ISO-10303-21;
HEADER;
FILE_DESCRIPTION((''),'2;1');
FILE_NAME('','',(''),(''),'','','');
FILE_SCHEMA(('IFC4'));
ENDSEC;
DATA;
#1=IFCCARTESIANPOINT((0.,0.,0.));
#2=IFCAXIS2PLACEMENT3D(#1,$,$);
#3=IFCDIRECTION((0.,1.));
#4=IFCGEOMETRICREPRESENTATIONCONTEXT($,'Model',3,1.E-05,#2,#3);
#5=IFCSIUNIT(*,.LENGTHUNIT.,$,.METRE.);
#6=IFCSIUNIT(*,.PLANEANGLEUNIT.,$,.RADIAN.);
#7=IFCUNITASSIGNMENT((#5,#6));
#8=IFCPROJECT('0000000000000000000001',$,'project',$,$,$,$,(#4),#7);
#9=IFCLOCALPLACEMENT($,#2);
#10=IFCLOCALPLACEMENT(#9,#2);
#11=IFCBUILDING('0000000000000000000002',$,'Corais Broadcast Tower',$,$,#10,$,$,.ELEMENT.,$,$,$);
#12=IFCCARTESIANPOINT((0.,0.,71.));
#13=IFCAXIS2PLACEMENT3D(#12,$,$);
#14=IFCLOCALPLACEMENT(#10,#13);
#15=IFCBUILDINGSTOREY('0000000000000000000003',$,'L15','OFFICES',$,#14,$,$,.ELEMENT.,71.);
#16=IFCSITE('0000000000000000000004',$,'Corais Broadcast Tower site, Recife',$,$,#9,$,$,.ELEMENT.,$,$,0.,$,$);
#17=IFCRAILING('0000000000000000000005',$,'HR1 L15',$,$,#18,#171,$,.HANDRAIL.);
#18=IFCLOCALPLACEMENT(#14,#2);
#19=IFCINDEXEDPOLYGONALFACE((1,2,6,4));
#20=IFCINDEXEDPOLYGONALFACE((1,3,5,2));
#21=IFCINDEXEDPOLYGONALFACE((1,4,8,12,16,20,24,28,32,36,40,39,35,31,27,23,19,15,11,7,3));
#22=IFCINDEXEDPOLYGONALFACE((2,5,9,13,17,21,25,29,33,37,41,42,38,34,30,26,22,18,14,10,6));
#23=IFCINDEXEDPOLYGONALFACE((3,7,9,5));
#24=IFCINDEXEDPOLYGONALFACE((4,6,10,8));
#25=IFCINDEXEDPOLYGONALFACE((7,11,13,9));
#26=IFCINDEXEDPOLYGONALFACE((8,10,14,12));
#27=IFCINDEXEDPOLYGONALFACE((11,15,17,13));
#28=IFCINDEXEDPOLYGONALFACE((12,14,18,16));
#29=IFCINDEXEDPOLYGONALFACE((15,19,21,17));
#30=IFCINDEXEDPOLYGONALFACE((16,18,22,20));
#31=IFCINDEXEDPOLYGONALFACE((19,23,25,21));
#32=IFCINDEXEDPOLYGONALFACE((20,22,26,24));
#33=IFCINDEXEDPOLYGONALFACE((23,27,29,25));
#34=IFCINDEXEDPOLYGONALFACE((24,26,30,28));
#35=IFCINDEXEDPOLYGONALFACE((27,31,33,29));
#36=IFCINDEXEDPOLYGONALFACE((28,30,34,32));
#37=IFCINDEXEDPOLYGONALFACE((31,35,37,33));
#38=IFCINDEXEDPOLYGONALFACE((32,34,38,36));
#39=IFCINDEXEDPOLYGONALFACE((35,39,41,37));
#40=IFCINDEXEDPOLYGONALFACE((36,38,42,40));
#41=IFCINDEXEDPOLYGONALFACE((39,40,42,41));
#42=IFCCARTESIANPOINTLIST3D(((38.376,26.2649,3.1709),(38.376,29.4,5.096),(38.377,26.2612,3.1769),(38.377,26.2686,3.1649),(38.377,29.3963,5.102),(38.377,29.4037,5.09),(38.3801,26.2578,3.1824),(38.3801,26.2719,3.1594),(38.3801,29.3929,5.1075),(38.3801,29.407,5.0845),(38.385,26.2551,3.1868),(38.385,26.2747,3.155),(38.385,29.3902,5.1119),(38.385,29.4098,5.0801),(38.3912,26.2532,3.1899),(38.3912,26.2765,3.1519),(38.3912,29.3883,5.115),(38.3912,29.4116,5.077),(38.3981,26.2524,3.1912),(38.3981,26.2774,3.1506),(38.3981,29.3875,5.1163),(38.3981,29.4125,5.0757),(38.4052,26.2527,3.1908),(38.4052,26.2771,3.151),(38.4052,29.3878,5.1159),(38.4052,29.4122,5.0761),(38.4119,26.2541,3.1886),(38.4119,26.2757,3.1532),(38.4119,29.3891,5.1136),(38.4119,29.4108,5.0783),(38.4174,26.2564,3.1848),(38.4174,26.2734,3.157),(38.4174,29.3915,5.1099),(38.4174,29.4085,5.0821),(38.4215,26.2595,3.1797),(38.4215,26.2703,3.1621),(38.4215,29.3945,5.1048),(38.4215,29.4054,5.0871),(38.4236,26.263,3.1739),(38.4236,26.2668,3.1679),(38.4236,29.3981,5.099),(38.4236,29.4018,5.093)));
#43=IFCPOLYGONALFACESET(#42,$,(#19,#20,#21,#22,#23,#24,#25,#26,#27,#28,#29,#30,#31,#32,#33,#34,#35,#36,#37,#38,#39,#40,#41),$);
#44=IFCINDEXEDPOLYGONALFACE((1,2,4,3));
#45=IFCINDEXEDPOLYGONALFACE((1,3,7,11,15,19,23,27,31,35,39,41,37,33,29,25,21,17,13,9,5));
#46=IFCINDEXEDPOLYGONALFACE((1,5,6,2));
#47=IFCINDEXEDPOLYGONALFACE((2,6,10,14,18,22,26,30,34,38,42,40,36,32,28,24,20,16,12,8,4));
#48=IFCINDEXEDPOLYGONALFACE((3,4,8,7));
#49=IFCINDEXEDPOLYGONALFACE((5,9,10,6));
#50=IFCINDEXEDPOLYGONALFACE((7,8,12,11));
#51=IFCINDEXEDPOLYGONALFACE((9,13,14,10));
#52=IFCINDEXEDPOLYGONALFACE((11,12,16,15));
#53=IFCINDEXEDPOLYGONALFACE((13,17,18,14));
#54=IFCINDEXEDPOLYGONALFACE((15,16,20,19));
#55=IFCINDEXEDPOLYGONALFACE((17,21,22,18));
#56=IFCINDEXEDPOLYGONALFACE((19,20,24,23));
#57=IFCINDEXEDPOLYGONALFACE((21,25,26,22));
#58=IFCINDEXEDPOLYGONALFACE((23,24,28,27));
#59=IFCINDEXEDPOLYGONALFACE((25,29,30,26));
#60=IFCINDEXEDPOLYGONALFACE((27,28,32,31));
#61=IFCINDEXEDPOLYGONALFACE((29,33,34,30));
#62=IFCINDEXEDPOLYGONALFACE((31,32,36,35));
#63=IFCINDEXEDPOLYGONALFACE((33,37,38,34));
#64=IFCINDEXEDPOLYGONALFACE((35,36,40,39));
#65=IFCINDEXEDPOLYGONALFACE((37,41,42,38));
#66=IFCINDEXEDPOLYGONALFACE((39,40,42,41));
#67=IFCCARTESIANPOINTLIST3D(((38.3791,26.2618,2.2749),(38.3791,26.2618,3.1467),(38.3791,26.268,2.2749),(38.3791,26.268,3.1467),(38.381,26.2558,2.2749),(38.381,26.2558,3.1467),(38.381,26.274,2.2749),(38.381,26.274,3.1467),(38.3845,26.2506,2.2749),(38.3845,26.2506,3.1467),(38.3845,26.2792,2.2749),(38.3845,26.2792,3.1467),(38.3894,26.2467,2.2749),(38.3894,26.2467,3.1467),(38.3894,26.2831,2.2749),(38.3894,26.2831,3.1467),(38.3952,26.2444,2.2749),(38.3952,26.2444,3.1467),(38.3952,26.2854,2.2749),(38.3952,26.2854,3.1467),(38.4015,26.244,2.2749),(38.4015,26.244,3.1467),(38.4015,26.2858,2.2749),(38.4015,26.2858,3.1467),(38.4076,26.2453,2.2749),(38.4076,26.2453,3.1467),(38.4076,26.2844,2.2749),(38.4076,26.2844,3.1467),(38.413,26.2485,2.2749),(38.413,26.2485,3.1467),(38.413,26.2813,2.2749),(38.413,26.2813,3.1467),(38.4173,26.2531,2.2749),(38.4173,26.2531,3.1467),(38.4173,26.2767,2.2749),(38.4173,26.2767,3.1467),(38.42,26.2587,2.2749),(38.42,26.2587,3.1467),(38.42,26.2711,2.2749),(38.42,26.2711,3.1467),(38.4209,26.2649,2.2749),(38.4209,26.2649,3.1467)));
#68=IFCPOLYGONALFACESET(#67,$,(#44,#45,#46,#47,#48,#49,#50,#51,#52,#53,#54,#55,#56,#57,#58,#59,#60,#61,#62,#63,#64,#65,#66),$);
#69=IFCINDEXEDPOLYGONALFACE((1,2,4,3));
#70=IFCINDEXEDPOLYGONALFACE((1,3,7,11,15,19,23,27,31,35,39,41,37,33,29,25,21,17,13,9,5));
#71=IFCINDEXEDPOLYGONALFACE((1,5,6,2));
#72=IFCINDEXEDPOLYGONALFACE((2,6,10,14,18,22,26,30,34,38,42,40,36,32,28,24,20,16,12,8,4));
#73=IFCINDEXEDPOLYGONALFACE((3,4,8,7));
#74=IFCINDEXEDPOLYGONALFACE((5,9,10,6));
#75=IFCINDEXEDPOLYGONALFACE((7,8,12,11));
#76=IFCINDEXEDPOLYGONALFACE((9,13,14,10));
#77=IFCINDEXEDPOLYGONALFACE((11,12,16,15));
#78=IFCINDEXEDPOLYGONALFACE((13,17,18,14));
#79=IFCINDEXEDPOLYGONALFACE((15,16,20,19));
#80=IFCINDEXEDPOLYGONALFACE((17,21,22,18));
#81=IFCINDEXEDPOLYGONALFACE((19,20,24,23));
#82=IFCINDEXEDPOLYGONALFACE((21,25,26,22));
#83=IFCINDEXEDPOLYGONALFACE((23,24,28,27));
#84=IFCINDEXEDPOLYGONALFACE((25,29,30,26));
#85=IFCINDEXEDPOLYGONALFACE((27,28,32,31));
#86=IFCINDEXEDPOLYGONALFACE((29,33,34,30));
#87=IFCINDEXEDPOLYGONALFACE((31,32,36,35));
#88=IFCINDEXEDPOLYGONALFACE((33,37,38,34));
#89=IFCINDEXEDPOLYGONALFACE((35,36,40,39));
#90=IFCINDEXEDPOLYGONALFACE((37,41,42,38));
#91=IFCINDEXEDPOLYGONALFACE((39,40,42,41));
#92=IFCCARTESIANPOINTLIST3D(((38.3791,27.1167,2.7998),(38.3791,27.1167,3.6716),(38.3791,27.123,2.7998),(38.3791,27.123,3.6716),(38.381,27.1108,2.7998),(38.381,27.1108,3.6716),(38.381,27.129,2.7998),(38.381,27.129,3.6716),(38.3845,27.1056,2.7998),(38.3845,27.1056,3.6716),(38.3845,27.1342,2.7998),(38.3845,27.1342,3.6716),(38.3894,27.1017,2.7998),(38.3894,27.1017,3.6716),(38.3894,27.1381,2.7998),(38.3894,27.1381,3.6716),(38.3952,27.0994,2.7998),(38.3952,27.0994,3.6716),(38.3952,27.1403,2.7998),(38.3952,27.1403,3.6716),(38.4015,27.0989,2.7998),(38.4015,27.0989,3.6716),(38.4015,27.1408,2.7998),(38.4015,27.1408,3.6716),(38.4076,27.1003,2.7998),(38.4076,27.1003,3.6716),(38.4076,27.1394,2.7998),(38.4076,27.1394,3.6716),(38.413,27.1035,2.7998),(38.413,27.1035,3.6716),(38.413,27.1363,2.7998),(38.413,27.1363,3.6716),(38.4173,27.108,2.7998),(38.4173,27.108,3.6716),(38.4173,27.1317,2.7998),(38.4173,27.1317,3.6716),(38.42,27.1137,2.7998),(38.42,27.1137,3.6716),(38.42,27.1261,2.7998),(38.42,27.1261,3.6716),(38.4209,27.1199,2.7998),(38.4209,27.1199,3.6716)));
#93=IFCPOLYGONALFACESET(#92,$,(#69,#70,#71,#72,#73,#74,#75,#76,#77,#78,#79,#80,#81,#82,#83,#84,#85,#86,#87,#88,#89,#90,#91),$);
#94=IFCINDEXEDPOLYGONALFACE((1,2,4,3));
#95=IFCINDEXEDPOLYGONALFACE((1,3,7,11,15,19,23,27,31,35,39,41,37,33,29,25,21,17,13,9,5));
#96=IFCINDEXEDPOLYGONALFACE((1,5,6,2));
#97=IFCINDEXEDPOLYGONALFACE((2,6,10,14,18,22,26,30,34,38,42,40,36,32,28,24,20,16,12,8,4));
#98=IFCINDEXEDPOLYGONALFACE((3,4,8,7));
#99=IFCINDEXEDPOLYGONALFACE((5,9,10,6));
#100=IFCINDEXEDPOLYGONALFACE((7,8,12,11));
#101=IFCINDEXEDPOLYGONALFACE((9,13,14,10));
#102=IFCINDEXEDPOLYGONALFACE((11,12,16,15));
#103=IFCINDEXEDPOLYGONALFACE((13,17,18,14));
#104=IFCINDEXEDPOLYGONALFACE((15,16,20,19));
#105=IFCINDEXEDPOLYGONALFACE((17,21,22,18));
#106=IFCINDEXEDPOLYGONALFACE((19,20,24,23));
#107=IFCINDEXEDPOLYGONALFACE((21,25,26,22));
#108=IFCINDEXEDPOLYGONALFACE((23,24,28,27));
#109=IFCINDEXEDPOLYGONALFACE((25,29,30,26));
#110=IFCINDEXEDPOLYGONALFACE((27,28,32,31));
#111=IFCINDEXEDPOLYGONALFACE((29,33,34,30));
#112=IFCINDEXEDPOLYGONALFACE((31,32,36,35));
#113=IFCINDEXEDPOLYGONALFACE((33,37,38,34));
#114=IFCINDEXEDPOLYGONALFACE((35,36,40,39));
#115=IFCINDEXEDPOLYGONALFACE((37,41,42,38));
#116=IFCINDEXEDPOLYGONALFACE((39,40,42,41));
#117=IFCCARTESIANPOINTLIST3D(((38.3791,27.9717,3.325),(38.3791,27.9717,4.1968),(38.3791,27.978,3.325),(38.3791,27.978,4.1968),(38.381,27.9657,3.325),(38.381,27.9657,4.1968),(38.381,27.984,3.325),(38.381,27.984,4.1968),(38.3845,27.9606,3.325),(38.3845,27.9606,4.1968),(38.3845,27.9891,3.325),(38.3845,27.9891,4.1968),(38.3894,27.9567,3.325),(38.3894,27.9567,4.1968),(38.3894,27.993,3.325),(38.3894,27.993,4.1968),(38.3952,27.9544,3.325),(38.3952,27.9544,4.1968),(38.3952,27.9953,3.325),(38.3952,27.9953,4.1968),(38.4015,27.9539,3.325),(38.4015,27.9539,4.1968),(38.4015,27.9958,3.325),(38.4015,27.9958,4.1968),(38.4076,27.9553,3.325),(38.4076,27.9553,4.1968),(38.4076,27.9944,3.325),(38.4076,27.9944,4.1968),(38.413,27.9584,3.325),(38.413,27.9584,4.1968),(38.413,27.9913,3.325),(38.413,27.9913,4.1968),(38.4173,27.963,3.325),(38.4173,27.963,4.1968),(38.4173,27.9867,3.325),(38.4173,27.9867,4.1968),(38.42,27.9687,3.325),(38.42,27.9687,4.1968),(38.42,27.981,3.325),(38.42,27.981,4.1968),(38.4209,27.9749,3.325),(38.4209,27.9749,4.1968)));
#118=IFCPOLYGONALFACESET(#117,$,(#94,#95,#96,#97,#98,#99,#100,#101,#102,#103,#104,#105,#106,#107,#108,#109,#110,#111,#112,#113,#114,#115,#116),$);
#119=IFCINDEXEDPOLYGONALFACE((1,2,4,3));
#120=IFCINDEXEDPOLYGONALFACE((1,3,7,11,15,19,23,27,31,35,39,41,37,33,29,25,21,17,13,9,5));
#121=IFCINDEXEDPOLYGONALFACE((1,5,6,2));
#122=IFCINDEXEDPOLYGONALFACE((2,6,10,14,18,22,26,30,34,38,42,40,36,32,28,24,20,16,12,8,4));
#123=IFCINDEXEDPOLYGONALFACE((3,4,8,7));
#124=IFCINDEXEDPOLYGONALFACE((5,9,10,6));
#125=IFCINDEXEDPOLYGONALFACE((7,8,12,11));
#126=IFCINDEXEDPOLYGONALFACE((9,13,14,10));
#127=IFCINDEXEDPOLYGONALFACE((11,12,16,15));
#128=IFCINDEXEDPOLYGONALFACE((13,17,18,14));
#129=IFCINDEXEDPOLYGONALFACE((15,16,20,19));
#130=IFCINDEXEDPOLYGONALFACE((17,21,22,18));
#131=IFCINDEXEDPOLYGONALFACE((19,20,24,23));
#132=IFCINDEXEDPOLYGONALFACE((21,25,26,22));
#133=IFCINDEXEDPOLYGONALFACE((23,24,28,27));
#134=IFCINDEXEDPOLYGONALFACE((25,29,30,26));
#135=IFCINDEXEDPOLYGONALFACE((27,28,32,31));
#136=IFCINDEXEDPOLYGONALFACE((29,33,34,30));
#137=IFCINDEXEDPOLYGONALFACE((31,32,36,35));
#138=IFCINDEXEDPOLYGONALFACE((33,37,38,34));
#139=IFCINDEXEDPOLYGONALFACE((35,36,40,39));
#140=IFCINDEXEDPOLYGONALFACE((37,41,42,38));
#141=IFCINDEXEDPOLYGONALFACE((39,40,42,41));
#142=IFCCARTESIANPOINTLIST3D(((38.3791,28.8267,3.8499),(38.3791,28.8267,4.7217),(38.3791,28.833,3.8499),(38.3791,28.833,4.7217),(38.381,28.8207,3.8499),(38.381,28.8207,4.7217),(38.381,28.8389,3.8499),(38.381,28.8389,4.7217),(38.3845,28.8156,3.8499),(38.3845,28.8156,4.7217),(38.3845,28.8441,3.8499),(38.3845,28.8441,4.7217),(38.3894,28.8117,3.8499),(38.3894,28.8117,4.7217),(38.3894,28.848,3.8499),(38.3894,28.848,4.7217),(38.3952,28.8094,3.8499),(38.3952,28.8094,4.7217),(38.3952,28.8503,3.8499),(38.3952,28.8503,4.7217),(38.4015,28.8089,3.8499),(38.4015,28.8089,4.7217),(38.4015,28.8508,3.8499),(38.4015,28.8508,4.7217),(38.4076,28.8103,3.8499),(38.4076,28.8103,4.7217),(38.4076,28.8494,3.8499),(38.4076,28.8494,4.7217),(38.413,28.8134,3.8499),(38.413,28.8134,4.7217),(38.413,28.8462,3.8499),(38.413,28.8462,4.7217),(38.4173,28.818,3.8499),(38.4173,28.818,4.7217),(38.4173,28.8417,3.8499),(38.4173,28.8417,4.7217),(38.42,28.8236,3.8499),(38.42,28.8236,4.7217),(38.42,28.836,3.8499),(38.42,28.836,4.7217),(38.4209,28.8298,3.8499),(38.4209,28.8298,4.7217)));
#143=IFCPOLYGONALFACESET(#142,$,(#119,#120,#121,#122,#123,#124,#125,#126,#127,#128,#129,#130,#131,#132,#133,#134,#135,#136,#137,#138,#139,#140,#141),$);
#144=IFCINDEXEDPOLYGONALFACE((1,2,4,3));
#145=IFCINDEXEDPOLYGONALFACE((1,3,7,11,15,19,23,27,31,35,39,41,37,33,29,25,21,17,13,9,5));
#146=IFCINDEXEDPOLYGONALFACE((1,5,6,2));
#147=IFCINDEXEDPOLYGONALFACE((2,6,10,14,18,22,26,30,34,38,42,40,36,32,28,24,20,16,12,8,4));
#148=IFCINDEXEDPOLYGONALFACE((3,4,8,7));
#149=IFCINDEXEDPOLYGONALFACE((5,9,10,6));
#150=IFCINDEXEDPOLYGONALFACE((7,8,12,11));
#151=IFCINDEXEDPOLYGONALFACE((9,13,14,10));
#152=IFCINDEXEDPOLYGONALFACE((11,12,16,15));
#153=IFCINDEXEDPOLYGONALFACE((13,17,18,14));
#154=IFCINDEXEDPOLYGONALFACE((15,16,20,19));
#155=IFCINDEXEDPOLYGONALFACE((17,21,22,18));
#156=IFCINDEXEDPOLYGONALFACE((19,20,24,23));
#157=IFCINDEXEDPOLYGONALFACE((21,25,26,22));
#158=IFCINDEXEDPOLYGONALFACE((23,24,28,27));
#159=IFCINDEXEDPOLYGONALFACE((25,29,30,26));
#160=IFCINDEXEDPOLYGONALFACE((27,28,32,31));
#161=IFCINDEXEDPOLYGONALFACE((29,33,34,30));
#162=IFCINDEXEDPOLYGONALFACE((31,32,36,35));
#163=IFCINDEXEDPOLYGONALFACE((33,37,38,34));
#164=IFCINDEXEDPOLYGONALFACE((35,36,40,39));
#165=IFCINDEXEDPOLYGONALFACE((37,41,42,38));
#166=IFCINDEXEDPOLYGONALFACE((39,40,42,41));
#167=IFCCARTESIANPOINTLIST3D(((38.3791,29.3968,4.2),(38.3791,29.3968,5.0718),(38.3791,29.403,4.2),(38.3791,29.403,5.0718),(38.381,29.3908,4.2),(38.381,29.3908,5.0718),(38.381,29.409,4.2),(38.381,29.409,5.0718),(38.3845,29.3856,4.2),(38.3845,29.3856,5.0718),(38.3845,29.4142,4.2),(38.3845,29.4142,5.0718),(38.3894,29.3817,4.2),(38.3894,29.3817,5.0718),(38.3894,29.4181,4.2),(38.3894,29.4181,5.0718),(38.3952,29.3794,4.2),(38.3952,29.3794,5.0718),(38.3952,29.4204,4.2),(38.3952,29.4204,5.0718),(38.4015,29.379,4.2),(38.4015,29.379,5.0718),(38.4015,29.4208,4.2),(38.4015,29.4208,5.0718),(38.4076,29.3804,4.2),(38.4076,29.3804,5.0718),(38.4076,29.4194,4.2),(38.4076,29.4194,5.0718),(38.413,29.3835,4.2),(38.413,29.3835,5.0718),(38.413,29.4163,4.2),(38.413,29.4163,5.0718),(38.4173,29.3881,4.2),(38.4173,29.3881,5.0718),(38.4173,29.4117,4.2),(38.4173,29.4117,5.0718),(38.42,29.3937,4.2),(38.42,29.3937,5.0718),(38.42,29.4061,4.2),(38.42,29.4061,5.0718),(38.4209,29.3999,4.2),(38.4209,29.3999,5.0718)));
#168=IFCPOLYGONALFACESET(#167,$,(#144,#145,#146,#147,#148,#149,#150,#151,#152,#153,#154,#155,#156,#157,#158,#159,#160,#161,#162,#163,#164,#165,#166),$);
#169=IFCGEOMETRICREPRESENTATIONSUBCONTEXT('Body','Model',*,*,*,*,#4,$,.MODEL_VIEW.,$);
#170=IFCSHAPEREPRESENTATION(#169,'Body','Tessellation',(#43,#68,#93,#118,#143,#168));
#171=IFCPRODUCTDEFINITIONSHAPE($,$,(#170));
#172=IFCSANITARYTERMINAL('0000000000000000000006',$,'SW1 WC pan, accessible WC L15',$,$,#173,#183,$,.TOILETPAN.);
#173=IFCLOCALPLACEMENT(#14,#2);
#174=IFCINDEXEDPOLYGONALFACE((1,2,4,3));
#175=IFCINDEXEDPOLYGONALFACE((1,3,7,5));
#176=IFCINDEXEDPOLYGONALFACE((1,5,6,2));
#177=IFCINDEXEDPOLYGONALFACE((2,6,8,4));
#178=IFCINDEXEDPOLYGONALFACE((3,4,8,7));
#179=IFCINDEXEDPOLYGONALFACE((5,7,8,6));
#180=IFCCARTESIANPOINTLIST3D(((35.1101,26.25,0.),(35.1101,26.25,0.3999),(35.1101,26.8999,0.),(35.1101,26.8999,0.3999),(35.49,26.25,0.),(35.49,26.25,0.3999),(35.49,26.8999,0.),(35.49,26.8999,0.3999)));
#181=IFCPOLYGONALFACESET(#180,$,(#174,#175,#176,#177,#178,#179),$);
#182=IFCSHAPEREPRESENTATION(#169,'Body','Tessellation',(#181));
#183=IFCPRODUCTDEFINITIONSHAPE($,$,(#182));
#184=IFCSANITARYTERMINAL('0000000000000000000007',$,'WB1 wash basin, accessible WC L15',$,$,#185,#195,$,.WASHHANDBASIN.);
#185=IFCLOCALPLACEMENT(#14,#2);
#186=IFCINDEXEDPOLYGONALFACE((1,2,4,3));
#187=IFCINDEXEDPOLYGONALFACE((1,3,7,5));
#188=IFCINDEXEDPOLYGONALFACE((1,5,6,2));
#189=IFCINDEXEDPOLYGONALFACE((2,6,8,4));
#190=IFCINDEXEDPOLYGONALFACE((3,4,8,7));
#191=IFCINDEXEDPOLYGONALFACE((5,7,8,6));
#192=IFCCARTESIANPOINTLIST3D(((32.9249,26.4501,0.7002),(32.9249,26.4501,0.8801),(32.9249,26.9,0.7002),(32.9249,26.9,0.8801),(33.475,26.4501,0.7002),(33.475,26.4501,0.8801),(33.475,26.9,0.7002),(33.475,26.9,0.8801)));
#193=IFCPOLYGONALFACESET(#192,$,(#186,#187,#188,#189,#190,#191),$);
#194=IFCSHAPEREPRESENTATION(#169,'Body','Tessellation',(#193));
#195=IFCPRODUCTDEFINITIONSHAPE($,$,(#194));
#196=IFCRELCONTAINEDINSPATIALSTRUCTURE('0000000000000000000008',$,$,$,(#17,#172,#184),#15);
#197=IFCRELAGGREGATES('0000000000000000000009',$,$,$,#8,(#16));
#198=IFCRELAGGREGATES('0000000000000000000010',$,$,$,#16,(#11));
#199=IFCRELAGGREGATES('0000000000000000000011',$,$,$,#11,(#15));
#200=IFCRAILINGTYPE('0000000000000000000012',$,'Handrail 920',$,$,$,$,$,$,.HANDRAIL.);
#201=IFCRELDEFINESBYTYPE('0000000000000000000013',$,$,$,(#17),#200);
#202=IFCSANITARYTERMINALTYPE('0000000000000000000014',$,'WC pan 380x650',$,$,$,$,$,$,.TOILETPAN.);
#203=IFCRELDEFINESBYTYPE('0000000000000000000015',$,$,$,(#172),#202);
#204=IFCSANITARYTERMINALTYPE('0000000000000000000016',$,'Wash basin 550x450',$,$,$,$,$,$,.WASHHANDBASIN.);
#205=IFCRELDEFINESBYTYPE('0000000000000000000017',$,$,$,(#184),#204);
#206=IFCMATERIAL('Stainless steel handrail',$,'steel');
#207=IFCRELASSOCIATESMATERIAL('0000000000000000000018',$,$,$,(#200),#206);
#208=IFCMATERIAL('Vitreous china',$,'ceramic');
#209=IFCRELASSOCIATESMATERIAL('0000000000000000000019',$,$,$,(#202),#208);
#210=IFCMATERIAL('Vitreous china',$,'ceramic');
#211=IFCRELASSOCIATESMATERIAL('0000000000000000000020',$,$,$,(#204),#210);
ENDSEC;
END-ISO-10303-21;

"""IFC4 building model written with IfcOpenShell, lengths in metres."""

from ifc_helpers import new_model, si_unit, direction, frame, origin, origin_2d, place, context, subcontext, project, spatial, rectangle, circle, extrude, material, type_object, element, save


model = new_model("IFC4")

# Units and contexts
model_context = context("Model", 3, precision=1e-05, world=origin(), true_north=direction((0.0, 1.0)))
body_context = subcontext(model_context, "Body", "Model", "MODEL_VIEW")
ifc_project = project(units=[si_unit("LENGTHUNIT", "METRE"), si_unit("PLANEANGLEUNIT", "RADIAN")], contexts=[model_context])

# Site, building, storey
site_placement = place(None, origin())
site = spatial("IfcSite", under=ifc_project, at=site_placement, Name="Corais Broadcast Tower site, Recife", CompositionType="ELEMENT", RefElevation=0.0)
building_placement = place(site_placement, origin())
building = spatial("IfcBuilding", under=site, at=building_placement, Name="Corais Broadcast Tower", CompositionType="ELEMENT")
storey_placement = place(building_placement, frame((0.0, 0.0, 71.0)))
storey = spatial("IfcBuildingStorey", under=building, at=storey_placement, Name="L15", Description="OFFICES", CompositionType="ELEMENT", Elevation=71.0)

# Railing
ifc_material_1 = material(Name="Stainless steel handrail", Category="steel")
railing_type = type_object("IfcRailingType", Name="Handrail 920", PredefinedType="HANDRAIL", material=ifc_material_1)
for number, where, name in (
    (1, (38.3999, 26.2649, 2.2749), "HR1 L15"),
):
    element("IfcRailing", number, at=place(storey_placement, frame(where)), inside=storey, type_object=railing_type, Name=name, PredefinedType="HANDRAIL", context=body_context, shape_type="SweptSolid", body=[
        extrude(circle(Radius=0.0239, at=origin_2d()), frame((0.0, 0.0, 0.896), z_axis=(0.0, 0.852166, 0.523271), x_axis=(-1.0, 0.0, 0.0)), (0.0, 0.0, 1.0), 3.679),
        extrude(circle(Radius=0.021, at=origin_2d()), origin(), (0.0, 0.0, 1.0), 0.8718),
        extrude(circle(Radius=0.021, at=origin_2d()), frame((0.0, 0.855, 0.5249)), (0.0, 0.0, 1.0), 0.8718),
        extrude(circle(Radius=0.021, at=origin_2d()), frame((0.0, 1.71, 1.05)), (0.0, 0.0, 1.0), 0.8718),
        extrude(circle(Radius=0.021, at=origin_2d()), frame((0.0, 2.5649, 1.575)), (0.0, 0.0, 1.0), 0.8718),
        extrude(circle(Radius=0.021, at=origin_2d()), frame((0.0, 3.135, 1.925)), (0.0, 0.0, 1.0), 0.8718),
    ])

# Sanitary terminals
ifc_material_2 = material(Name="Vitreous china", Category="ceramic")
sanitary_terminal_type_1 = type_object("IfcSanitaryTerminalType", Name="WC pan 380x650", PredefinedType="TOILETPAN", material=ifc_material_2)
sanitary_terminal_1_placement = place(storey_placement, frame((35.3, 26.575, 0.0), z_axis=(0.0, 0.0, 1.0), x_axis=(1.0, 0.0, 0.0)))
element("IfcSanitaryTerminal", 2, at=sanitary_terminal_1_placement, inside=storey, type_object=sanitary_terminal_type_1, Name="SW1 WC pan, accessible WC L15", PredefinedType="TOILETPAN", context=body_context, shape_type="SweptSolid", body=[
    extrude(rectangle(XDim=0.3799, YDim=0.6499, at=origin_2d()), origin(), (0.0, 0.0, 1.0), 0.3999),
])
ifc_material_3 = material(Name="Vitreous china", Category="ceramic")
sanitary_terminal_type_2 = type_object("IfcSanitaryTerminalType", Name="Wash basin 550x450", PredefinedType="WASHHANDBASIN", material=ifc_material_3)
sanitary_terminal_2_placement = place(storey_placement, frame((33.2, 26.675, 0.7002), z_axis=(0.0, 0.0, 1.0), x_axis=(1.0, 0.0, 0.0)))
element("IfcSanitaryTerminal", 3, at=sanitary_terminal_2_placement, inside=storey, type_object=sanitary_terminal_type_2, Name="WB1 wash basin, accessible WC L15", PredefinedType="WASHHANDBASIN", context=body_context, shape_type="SweptSolid", body=[
    extrude(rectangle(XDim=0.55, YDim=0.45, at=origin_2d()), origin(), (0.0, 0.0, 1.0), 0.1799),
])

save(model, "model.ifc")
